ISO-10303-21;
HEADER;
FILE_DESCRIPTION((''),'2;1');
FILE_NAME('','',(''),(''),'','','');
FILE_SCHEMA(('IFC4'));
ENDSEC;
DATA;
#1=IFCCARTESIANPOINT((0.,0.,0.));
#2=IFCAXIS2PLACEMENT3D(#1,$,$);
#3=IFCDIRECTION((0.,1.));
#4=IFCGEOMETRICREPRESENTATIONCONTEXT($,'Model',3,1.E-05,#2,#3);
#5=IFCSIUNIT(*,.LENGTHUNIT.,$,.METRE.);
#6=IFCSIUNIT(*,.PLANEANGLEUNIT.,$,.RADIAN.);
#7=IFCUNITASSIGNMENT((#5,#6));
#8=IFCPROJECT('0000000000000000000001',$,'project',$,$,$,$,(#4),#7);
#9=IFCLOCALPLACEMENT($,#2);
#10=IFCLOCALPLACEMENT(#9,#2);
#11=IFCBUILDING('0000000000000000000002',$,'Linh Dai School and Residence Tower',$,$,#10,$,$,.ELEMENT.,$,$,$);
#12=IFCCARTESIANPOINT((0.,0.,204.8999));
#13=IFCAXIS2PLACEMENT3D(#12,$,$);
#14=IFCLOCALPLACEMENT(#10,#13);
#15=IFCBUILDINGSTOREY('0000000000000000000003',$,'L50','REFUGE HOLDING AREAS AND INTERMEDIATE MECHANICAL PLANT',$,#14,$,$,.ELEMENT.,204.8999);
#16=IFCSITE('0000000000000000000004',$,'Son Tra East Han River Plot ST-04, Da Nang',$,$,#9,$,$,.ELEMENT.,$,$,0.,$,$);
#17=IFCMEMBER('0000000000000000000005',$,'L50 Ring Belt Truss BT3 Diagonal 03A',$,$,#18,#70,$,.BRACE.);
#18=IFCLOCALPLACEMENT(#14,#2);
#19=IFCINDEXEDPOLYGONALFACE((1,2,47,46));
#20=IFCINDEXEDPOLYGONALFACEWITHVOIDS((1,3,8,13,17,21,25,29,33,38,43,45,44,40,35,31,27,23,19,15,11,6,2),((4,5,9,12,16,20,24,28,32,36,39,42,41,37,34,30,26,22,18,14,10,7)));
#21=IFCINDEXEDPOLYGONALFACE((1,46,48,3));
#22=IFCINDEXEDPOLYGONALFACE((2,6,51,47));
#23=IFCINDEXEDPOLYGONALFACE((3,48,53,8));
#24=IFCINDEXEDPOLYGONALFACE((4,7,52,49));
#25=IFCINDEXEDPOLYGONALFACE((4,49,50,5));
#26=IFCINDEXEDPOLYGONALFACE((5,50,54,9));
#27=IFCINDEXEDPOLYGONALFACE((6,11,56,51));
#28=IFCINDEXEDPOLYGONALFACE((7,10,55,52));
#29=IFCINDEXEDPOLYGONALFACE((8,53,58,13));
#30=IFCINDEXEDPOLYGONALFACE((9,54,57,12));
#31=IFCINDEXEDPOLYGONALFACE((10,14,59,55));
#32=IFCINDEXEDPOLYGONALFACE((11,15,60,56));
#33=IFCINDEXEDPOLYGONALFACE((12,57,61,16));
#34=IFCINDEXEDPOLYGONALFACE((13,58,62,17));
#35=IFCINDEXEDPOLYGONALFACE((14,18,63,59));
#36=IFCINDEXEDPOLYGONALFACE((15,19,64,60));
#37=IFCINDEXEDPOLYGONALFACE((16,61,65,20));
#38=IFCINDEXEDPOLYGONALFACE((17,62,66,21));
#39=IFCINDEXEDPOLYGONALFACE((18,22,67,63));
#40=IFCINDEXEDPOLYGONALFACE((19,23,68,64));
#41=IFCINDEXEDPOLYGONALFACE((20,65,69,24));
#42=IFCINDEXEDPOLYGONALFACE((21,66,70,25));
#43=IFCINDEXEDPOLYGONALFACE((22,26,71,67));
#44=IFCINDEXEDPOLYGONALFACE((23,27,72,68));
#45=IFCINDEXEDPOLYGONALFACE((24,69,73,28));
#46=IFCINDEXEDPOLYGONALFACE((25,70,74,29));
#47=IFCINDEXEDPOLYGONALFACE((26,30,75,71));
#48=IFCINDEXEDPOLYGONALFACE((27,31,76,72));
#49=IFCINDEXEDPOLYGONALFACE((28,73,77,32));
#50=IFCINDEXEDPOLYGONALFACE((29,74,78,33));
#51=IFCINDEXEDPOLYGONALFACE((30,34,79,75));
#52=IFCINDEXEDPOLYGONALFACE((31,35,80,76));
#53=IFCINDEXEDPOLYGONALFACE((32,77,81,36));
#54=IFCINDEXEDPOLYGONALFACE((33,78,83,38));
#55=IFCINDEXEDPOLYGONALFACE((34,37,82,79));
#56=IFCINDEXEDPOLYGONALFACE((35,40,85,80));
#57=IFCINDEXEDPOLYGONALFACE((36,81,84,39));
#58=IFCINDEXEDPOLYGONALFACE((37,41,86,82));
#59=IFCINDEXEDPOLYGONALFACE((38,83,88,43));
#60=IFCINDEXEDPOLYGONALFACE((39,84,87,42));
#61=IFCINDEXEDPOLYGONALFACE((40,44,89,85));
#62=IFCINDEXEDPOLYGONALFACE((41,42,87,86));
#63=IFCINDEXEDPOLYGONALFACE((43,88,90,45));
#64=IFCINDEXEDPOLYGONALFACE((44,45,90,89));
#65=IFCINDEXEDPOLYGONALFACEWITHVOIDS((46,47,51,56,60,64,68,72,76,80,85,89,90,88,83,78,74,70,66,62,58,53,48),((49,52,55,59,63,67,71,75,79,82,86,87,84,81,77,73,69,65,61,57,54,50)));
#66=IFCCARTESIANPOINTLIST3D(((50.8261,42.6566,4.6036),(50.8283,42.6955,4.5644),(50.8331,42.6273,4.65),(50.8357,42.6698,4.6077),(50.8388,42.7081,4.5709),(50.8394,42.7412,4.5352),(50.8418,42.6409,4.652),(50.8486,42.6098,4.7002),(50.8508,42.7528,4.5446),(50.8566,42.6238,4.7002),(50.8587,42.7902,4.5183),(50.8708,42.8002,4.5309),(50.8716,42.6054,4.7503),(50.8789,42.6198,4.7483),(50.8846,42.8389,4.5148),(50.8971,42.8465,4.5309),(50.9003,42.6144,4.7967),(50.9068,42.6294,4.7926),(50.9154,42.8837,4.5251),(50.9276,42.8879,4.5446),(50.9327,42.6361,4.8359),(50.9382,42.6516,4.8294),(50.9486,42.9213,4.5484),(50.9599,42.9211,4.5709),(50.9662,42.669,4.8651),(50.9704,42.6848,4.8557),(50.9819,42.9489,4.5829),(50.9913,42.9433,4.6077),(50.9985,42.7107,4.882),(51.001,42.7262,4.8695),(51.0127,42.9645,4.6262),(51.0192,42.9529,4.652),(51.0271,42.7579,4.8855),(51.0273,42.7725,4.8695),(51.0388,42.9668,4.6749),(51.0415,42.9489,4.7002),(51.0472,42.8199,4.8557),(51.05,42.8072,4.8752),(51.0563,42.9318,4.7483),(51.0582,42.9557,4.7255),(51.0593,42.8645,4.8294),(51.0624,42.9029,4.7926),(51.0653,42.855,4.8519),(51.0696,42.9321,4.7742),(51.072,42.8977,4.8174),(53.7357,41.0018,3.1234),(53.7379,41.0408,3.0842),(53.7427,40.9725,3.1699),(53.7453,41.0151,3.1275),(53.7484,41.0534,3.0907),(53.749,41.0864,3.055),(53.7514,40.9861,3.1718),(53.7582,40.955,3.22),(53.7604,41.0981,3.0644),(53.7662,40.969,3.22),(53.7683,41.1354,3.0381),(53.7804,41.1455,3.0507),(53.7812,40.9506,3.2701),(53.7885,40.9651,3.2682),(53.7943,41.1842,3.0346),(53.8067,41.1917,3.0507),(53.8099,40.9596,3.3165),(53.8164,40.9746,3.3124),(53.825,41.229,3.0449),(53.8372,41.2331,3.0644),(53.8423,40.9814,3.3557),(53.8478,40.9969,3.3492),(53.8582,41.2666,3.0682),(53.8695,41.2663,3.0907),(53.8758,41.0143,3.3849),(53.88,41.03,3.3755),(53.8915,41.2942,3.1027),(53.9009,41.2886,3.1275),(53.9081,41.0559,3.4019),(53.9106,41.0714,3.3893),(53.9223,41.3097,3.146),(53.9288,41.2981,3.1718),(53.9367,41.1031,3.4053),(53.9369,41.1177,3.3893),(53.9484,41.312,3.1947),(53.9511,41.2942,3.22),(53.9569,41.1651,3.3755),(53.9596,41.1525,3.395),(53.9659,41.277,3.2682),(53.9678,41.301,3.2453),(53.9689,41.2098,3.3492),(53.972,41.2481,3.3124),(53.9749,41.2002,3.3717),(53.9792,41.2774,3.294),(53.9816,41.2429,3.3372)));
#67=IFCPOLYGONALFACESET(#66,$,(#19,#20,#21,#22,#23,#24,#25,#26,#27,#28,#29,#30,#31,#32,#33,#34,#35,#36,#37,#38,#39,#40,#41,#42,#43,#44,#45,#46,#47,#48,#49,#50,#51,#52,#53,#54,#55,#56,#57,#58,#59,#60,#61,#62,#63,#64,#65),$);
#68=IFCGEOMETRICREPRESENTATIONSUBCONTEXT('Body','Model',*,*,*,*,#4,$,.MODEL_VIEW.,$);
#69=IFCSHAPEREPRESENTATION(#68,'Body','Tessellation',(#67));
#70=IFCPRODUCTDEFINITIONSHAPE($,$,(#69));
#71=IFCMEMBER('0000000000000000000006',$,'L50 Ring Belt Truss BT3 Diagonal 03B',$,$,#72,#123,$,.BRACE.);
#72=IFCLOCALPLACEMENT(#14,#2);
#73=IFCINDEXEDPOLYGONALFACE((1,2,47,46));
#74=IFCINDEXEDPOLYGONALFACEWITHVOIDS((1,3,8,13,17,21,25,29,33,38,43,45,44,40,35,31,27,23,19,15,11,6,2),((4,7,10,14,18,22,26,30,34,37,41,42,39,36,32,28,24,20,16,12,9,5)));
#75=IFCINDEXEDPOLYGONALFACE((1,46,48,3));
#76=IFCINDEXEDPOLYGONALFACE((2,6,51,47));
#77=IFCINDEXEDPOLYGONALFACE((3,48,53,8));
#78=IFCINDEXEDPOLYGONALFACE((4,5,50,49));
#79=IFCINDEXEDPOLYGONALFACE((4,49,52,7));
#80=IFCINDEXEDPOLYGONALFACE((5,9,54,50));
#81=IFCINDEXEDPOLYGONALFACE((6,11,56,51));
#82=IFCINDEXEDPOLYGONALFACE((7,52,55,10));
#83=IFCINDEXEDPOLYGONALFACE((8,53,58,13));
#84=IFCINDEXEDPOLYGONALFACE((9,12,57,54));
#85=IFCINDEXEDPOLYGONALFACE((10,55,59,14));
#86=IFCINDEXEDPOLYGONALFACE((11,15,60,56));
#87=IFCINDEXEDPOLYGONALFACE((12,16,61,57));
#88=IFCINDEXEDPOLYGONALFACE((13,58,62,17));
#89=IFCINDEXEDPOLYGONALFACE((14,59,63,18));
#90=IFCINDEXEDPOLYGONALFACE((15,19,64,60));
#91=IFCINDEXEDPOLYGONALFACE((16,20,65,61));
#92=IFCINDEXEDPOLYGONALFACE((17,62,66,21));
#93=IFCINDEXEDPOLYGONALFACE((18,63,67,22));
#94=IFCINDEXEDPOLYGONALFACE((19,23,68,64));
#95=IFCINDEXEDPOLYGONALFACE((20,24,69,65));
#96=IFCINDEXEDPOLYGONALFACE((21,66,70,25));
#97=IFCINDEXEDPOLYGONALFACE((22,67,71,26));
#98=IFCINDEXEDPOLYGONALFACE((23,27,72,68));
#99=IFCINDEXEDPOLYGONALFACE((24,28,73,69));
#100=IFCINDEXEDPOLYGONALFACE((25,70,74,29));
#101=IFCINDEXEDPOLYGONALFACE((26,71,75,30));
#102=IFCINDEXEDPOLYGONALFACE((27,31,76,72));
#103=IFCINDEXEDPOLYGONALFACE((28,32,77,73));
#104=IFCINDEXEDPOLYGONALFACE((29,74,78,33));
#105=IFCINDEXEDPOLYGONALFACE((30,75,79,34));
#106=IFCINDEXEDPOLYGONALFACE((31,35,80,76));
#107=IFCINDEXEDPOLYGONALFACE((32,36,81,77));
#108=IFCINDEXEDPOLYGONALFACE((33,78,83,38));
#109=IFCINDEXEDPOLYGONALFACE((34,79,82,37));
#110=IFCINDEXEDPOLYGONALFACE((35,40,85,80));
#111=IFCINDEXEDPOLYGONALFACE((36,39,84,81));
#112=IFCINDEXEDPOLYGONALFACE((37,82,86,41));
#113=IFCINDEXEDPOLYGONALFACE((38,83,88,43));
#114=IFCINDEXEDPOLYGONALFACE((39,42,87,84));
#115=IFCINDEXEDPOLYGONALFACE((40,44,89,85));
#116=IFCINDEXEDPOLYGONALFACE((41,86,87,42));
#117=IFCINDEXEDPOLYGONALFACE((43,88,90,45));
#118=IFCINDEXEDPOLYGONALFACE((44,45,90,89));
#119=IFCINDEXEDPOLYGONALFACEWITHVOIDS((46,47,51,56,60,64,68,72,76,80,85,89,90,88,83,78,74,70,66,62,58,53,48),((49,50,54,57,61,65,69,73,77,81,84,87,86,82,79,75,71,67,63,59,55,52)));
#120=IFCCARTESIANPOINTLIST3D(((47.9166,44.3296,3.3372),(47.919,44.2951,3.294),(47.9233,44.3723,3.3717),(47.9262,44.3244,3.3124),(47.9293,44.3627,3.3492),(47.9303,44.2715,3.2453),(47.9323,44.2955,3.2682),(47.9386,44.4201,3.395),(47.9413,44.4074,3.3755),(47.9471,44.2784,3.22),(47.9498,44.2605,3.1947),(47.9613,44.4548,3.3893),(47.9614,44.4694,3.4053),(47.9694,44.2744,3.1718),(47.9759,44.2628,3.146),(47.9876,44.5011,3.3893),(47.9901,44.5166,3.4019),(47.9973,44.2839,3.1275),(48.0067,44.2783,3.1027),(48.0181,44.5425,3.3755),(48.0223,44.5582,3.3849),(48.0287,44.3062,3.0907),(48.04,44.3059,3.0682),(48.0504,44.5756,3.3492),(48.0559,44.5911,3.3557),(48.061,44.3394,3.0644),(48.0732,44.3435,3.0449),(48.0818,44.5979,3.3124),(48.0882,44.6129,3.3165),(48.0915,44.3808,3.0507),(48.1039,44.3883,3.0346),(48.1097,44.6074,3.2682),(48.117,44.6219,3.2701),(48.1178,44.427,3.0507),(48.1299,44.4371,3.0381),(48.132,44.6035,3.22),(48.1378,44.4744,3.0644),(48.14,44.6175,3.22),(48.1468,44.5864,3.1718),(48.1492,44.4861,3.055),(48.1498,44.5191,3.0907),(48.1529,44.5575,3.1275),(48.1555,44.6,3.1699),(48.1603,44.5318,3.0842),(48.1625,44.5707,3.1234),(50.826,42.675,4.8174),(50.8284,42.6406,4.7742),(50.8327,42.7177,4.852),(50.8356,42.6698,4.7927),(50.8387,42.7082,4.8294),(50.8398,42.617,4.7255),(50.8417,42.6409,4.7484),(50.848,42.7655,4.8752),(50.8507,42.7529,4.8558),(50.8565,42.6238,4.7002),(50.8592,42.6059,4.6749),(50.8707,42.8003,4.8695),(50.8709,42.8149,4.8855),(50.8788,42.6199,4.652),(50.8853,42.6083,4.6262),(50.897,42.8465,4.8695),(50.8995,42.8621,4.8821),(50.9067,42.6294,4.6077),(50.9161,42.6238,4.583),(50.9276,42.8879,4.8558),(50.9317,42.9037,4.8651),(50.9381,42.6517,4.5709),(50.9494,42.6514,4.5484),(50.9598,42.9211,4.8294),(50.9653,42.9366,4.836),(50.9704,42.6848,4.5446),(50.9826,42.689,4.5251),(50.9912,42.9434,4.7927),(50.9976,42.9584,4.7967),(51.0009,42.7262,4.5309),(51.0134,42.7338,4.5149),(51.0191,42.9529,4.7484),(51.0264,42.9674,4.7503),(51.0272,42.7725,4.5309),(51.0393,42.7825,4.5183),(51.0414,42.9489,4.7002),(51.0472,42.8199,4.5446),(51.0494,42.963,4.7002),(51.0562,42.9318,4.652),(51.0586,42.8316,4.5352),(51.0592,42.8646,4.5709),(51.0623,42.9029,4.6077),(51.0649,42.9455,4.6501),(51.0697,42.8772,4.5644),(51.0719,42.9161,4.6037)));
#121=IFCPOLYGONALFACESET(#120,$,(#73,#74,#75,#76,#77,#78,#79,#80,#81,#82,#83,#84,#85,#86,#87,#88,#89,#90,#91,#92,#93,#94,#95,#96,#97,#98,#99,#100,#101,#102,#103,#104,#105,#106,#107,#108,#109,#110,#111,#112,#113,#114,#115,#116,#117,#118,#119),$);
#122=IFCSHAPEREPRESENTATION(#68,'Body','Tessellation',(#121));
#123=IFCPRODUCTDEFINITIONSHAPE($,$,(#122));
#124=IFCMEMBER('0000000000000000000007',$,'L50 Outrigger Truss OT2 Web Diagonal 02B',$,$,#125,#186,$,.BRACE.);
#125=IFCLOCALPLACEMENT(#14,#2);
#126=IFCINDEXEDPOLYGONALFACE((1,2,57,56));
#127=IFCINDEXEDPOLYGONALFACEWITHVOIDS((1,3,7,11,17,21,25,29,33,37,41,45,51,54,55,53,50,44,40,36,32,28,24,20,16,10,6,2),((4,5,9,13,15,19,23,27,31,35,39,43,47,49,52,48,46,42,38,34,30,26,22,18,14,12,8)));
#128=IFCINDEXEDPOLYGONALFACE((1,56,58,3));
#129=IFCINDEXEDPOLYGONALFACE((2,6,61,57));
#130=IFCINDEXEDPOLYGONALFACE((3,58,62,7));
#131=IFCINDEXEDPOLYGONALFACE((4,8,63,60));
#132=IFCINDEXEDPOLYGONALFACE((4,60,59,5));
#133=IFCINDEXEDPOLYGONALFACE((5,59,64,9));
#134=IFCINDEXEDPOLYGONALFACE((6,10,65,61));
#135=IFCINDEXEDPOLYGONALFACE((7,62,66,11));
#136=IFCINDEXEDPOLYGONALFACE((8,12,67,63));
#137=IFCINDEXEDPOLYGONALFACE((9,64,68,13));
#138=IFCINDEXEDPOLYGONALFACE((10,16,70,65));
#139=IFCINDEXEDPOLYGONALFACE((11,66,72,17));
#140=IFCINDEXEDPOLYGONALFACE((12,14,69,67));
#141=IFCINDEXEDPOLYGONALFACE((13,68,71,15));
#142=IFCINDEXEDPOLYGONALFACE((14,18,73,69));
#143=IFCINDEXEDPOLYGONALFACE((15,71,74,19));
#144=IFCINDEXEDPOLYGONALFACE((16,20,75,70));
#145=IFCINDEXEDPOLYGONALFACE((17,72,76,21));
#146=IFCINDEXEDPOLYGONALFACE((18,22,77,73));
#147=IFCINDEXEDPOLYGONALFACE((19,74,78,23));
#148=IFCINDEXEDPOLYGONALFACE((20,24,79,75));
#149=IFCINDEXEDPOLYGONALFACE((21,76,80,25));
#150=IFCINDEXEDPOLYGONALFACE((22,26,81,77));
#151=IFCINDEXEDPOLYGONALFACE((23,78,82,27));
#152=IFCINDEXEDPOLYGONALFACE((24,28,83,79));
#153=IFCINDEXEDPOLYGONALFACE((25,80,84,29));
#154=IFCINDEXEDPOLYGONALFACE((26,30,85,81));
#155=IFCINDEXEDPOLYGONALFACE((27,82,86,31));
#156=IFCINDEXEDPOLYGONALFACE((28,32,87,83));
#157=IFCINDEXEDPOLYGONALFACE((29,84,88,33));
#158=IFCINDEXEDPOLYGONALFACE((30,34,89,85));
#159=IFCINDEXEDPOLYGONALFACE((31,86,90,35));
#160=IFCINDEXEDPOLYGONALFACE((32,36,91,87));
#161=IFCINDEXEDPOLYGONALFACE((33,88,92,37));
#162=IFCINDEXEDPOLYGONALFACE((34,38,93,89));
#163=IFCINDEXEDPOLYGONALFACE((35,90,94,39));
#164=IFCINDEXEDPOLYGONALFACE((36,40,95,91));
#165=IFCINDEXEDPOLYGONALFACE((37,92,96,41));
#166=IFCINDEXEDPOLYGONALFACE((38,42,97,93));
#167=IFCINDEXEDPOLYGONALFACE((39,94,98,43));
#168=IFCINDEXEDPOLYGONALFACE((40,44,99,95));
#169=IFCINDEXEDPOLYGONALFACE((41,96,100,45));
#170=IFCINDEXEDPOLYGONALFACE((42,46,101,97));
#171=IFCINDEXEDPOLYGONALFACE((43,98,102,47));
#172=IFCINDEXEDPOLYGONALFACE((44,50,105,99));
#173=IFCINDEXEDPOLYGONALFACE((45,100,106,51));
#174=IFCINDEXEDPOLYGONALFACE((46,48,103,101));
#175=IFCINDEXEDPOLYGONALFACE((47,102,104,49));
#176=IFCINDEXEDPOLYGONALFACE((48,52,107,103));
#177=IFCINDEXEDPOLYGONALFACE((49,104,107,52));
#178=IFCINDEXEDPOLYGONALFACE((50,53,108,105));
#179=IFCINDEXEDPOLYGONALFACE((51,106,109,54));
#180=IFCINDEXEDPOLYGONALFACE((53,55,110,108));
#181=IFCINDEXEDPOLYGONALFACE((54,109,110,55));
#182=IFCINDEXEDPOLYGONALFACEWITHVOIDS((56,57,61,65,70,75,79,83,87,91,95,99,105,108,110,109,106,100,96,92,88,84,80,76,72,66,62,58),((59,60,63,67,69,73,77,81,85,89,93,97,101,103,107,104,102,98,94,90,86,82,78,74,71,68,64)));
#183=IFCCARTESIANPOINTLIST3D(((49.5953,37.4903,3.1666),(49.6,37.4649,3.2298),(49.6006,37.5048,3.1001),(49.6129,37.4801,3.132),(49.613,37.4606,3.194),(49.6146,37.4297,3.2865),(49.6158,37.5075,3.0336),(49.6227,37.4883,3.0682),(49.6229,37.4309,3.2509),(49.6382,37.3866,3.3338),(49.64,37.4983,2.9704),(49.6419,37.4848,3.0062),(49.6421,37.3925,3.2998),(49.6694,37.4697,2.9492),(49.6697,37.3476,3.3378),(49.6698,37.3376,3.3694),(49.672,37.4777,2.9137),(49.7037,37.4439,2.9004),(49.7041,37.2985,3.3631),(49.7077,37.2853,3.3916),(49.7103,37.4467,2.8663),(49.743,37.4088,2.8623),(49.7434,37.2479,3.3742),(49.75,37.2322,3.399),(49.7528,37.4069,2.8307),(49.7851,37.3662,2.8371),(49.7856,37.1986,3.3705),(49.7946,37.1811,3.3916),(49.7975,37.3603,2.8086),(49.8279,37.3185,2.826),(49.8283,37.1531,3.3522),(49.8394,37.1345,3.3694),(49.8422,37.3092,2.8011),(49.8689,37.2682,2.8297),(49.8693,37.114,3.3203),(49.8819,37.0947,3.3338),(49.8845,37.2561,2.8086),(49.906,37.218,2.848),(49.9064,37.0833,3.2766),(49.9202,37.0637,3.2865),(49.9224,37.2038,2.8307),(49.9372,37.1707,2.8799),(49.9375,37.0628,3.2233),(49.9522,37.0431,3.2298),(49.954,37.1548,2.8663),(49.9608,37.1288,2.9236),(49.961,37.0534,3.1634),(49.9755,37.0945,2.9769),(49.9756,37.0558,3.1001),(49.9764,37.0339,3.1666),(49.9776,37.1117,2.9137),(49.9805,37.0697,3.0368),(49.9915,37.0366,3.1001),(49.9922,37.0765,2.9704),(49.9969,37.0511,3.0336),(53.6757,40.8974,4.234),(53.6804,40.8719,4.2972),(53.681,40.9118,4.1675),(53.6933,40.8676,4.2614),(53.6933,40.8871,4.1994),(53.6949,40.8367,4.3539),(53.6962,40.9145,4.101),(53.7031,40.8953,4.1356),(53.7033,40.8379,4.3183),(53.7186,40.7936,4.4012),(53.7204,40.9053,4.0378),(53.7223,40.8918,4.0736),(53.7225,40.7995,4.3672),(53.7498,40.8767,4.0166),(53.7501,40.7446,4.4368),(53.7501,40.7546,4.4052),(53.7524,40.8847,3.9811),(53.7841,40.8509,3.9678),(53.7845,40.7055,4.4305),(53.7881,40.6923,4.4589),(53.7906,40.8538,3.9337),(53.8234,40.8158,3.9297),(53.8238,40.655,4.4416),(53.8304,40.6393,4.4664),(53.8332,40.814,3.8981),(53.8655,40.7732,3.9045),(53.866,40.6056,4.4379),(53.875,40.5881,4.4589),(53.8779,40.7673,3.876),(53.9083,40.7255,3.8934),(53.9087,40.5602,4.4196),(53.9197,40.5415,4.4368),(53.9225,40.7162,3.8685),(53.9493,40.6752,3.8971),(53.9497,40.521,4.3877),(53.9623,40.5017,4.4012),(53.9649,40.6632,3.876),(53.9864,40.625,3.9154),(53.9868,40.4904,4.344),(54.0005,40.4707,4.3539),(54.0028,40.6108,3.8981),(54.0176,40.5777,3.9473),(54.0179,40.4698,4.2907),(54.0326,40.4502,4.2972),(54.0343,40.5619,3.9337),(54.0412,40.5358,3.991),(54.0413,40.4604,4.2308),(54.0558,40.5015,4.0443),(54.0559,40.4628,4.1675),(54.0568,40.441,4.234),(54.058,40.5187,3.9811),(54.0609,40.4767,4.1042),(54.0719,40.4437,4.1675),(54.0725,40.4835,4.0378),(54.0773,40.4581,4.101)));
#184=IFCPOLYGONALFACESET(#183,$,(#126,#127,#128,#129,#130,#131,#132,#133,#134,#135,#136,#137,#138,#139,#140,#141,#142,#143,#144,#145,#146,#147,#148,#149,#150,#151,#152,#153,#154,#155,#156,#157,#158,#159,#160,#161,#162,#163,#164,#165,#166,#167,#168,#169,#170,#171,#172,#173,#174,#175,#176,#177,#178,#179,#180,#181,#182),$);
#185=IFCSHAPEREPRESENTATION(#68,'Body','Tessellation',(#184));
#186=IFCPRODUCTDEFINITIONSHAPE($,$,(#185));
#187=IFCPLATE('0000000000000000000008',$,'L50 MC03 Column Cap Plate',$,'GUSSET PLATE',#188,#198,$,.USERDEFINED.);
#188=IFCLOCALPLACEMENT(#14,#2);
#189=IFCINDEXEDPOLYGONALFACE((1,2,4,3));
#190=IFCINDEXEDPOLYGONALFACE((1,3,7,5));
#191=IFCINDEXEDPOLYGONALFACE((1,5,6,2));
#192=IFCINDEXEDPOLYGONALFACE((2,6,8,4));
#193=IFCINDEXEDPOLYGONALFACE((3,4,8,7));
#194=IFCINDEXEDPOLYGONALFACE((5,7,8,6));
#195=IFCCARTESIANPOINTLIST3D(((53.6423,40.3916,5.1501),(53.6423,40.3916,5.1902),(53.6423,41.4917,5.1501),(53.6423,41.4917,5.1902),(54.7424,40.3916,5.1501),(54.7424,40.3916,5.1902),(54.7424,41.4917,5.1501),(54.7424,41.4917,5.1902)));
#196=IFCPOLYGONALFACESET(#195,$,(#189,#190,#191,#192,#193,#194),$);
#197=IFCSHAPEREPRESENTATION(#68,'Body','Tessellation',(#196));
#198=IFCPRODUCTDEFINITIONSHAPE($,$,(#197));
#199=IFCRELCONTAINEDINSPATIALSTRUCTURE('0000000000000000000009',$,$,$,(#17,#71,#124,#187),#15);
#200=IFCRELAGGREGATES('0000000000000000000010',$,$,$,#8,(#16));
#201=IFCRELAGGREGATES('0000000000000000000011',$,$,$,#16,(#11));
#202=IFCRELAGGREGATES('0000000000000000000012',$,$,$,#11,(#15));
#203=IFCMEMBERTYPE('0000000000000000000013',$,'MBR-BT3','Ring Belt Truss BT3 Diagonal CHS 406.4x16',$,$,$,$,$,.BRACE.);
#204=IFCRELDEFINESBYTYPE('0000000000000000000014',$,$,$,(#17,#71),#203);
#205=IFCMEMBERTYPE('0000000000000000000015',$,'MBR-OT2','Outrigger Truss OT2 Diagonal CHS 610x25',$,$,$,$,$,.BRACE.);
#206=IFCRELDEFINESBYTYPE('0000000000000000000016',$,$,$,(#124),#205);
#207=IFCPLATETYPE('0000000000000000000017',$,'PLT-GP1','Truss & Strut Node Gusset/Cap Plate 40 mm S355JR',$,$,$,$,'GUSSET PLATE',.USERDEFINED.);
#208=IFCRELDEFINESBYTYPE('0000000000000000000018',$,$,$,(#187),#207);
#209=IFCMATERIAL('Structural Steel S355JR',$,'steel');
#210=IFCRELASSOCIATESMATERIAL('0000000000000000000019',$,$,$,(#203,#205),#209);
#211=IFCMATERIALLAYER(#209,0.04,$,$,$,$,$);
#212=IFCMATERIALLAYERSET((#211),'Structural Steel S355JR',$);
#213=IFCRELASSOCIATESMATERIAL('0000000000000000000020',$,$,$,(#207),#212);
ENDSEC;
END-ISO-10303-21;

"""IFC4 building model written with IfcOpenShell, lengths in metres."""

from ifc_helpers import new_model, si_unit, direction, frame, origin, origin_2d, place, context, subcontext, project, spatial, rectangle, hollow_circle, extrude, source, transform, mapped, material, layer, layer_set, material_profile, profile_set, type_object, element, save


model = new_model("IFC4")

# Units and contexts
model_context = context("Model", 3, precision=1e-05, world=origin(), true_north=direction((0.0, 1.0)))
body_context = subcontext(model_context, "Body", "Model", "MODEL_VIEW")
ifc_project = project(units=[si_unit("LENGTHUNIT", "METRE"), si_unit("PLANEANGLEUNIT", "RADIAN")], contexts=[model_context])

# Site, building, storey
site_placement = place(None, origin())
site = spatial("IfcSite", under=ifc_project, at=site_placement, Name="Son Tra East Han River Plot ST-04, Da Nang", CompositionType="ELEMENT", RefElevation=0.0)
building_placement = place(site_placement, origin())
building = spatial("IfcBuilding", under=site, at=building_placement, Name="Linh Dai School and Residence Tower", CompositionType="ELEMENT")
storey_placement = place(building_placement, frame((0.0, 0.0, 204.8999)))
storey = spatial("IfcBuildingStorey", under=building, at=storey_placement, Name="L50", Description="REFUGE HOLDING AREAS AND INTERMEDIATE MECHANICAL PLANT", CompositionType="ELEMENT", Elevation=204.8999)

# Shared definitions
ifc_material_1 = material(Name="Structural Steel S355JR", Category="steel")

# Members
ifc_material_profile_1 = material_profile(ifc_material_1, hollow_circle(Radius=0.2031, WallThickness=0.0161, at=origin_2d()), Name="CHS 406.4x16")
ifc_profile_set_1 = profile_set([ifc_material_profile_1], Name="Structural Steel S355JR")
member_type_1 = type_object("IfcMemberType", Name="MBR-BT3", Description="Ring Belt Truss BT3 Diagonal CHS 406.4x16", PredefinedType="BRACE", material=ifc_profile_set_1)
member_1_placement = place(storey_placement, frame((53.8586, 41.1316, 3.22), z_axis=(-0.794993, 0.452128, 0.404434), x_axis=(-0.494363, -0.869256, 0.0)))
element("IfcMember", 1, at=member_1_placement, inside=storey, type_object=member_type_1, Name="L50 Ring Belt Truss BT3 Diagonal 03A", PredefinedType="BRACE", context=body_context, shape_type="SweptSolid", body=[
    extrude(hollow_circle(Radius=0.2031, WallThickness=0.0161, at=origin_2d()), origin(), (0.0, 0.0, 1.0), 3.6599),
])
member_2_placement = place(storey_placement, frame((48.0396, 44.4409, 3.22), z_axis=(0.794992, -0.452099, 0.404467), x_axis=(0.494339, 0.869269, 0.0)))
element("IfcMember", 2, at=member_2_placement, inside=storey, type_object=member_type_1, Name="L50 Ring Belt Truss BT3 Diagonal 03B", PredefinedType="BRACE", context=body_context, shape_type="SweptSolid", body=[
    extrude(hollow_circle(Radius=0.2031, WallThickness=0.0161, at=origin_2d()), origin(), (0.0, 0.0, 1.0), 3.6597),
])
ifc_material_profile_2 = material_profile(ifc_material_1, hollow_circle(Radius=0.3049, WallThickness=0.0249, at=origin_2d()), Name="CHS 610x25")
ifc_profile_set_2 = profile_set([ifc_material_profile_2], Name="Structural Steel S355JR")
member_type_2 = type_object("IfcMemberType", Name="MBR-OT2", Description="Outrigger Truss OT2 Diagonal CHS 610x25", PredefinedType="BRACE", material=ifc_profile_set_2)
member_3_placement = place(storey_placement, frame((53.8765, 40.6777, 4.1675), z_axis=(-0.752578, -0.628386, -0.196869), x_axis=(0.640929, -0.7676, 0.0)))
element("IfcMember", 3, at=member_3_placement, inside=storey, type_object=member_type_2, Name="L50 Outrigger Truss OT2 Web Diagonal 02B", PredefinedType="BRACE", context=body_context, shape_type="SweptSolid", body=[
    extrude(hollow_circle(Radius=0.3049, WallThickness=0.0249, at=origin_2d()), origin(), (0.0, 0.0, 1.0), 5.4219),
])

# Plate
ifc_layer_1 = layer(ifc_material_1, 0.04)
ifc_layer_set_1 = layer_set([ifc_layer_1], Name="Structural Steel S355JR")
plate_type = type_object("IfcPlateType", Name="PLT-GP1", Description="Truss & Strut Node Gusset/Cap Plate 40 mm S355JR", ElementType="GUSSET PLATE", PredefinedType="USERDEFINED", material=ifc_layer_set_1)
shared_shape_1 = source(origin(), body_context, "Body", "SweptSolid", [
    extrude(rectangle(XDim=1.1001, YDim=1.1001, at=origin_2d()), origin(), (0.0, 0.0, 1.0), 0.04),
])
plate_1_placement = place(storey_placement, frame((54.1924, 40.9417, 5.1501), z_axis=(0.0, 0.0, 1.0), x_axis=(1.0, 0.0, 0.0)))
element("IfcPlate", 4, at=plate_1_placement, inside=storey, type_object=plate_type, Name="L50 MC03 Column Cap Plate", ObjectType="GUSSET PLATE", PredefinedType="USERDEFINED", context=body_context, shape_type="MappedRepresentation", body=[
    mapped(shared_shape_1, transform((0.0, 0.0, 0.0), x_axis=(1.0, 0.0, 0.0), y_axis=(0.0, 1.0, 0.0), z_axis=(0.0, 0.0, 1.0), scale=1.0)),
])

save(model, "model.ifc")
